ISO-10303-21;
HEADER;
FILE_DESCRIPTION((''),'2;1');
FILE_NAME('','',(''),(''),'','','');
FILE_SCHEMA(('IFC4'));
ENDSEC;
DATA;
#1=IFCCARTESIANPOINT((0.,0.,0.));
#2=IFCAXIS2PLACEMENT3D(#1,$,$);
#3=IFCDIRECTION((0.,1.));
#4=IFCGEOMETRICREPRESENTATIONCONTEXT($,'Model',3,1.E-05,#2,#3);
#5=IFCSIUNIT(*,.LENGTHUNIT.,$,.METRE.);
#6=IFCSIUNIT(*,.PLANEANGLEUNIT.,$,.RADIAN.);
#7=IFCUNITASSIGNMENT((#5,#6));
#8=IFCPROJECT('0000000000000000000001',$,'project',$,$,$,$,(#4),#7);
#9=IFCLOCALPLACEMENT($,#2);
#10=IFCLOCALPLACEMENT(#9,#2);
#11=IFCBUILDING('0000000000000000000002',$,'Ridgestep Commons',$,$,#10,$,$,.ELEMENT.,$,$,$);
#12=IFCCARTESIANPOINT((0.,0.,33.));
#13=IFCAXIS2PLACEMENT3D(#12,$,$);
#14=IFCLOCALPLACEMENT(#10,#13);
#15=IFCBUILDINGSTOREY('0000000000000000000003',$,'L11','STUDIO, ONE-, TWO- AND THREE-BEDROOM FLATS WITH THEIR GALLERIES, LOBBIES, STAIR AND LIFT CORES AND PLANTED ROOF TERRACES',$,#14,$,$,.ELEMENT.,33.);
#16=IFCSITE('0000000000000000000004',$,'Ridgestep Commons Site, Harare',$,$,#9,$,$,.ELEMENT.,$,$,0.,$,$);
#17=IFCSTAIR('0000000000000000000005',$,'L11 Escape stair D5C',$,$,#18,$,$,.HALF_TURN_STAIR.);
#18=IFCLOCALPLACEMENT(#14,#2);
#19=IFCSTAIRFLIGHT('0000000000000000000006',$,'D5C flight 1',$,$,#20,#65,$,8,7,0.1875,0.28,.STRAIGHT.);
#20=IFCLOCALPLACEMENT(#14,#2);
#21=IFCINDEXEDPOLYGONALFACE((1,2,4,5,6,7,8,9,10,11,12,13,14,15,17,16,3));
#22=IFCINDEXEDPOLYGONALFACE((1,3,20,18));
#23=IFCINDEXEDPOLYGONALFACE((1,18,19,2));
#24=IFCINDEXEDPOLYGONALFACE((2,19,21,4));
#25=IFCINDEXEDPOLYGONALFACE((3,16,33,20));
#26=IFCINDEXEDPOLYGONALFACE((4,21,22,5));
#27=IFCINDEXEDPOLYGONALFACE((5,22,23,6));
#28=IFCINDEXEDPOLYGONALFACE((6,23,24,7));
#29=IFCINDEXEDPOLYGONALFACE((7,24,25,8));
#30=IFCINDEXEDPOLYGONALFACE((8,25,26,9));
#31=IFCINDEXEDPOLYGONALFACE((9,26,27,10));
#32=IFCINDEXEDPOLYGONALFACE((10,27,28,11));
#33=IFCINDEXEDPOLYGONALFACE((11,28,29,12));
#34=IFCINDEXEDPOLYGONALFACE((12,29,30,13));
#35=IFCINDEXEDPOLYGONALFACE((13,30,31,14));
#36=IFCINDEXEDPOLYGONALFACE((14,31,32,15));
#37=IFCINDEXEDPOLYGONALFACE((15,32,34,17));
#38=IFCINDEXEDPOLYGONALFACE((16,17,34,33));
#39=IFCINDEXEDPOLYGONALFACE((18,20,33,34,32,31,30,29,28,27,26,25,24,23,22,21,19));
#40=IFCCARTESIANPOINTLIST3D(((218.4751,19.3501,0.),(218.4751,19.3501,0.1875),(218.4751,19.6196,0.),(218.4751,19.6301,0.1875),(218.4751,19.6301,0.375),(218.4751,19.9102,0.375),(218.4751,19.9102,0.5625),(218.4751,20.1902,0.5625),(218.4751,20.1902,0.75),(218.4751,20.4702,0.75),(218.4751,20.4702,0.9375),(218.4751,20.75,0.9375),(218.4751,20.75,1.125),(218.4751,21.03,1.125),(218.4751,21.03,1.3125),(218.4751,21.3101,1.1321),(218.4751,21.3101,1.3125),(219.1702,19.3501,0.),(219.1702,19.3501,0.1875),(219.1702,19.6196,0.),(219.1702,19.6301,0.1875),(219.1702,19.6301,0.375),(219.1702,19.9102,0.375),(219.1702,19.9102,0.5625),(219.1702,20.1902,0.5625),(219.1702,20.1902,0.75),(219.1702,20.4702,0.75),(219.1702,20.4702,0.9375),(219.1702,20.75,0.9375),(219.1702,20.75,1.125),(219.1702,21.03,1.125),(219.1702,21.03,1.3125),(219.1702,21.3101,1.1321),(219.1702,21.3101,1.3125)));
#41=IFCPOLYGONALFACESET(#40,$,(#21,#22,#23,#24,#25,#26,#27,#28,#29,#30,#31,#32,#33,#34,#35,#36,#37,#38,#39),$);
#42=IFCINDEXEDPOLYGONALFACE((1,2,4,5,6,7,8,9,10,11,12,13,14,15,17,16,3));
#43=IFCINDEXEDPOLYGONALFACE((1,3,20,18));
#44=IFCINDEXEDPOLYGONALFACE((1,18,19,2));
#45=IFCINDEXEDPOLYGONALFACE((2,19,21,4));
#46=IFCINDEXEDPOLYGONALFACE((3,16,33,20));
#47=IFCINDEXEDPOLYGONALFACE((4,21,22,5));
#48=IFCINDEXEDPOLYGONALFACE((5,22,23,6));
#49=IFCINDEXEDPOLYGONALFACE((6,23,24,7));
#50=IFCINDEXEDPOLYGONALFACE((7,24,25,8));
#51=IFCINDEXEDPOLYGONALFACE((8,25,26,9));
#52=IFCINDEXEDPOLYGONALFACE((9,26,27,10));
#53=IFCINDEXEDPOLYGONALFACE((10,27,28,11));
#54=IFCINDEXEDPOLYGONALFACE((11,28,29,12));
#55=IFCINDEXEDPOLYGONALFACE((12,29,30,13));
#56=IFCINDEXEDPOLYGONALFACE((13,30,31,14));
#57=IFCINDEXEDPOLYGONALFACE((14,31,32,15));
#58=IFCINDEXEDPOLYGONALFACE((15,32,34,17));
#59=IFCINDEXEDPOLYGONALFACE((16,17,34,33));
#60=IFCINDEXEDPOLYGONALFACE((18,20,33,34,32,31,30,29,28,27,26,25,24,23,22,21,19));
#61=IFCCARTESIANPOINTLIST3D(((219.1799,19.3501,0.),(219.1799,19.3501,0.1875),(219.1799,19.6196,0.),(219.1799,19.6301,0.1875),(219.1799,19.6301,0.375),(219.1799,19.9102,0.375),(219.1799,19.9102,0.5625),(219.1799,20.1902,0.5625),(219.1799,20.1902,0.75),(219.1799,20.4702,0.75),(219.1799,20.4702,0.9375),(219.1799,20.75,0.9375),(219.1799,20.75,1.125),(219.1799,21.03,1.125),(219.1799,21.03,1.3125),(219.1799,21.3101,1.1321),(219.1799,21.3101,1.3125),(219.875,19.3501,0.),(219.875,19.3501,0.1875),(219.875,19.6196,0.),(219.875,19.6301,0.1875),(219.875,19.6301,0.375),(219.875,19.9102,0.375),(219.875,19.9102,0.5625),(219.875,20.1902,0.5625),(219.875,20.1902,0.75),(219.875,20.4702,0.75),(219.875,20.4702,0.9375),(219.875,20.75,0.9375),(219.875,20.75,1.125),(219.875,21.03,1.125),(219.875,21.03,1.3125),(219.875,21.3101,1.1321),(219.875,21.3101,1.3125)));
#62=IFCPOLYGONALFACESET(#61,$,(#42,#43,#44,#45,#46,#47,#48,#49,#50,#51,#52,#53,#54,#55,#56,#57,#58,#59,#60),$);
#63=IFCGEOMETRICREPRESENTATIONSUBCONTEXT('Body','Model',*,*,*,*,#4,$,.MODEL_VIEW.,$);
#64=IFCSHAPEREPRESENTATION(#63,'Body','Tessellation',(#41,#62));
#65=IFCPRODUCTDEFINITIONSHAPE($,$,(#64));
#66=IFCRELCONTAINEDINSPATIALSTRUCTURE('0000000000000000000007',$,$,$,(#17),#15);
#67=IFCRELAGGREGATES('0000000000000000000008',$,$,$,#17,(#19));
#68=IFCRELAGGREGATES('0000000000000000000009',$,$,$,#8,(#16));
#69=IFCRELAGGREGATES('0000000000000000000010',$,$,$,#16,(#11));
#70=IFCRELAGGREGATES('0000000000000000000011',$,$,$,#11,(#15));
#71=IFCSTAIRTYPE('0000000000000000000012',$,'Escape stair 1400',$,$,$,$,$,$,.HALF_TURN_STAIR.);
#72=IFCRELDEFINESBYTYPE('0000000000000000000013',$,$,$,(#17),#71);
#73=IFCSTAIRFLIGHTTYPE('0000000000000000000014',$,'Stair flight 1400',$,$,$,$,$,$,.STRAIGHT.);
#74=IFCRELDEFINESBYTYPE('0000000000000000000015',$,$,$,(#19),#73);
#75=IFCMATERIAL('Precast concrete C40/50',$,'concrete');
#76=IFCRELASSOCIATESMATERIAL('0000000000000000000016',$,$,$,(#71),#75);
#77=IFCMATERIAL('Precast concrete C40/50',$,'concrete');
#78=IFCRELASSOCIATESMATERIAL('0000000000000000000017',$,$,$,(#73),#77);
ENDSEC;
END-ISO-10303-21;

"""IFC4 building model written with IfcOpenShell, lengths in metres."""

from ifc_helpers import new_model, si_unit, direction, frame, origin, place, context, subcontext, project, spatial, polyline, outline, extrude, material, type_object, element, aggregate, save


model = new_model("IFC4")

# Units and contexts
model_context = context("Model", 3, precision=1e-05, world=origin(), true_north=direction((0.0, 1.0)))
body_context = subcontext(model_context, "Body", "Model", "MODEL_VIEW")
ifc_project = project(units=[si_unit("LENGTHUNIT", "METRE"), si_unit("PLANEANGLEUNIT", "RADIAN")], contexts=[model_context])

# Site, building, storey
site_placement = place(None, origin())
site = spatial("IfcSite", under=ifc_project, at=site_placement, Name="Ridgestep Commons Site, Harare", CompositionType="ELEMENT", RefElevation=0.0)
building_placement = place(site_placement, origin())
building = spatial("IfcBuilding", under=site, at=building_placement, Name="Ridgestep Commons", CompositionType="ELEMENT")
storey_placement = place(building_placement, frame((0.0, 0.0, 33.0)))
storey = spatial("IfcBuildingStorey", under=building, at=storey_placement, Name="L11", Description="STUDIO, ONE-, TWO- AND THREE-BEDROOM FLATS WITH THEIR GALLERIES, LOBBIES, STAIR AND LIFT CORES AND PLANTED ROOF TERRACES", CompositionType="ELEMENT", Elevation=33.0)

# Stair, stair flight
ifc_material_1 = material(Name="Precast concrete C40/50", Category="concrete")
stair_type = type_object("IfcStairType", Name="Escape stair 1400", PredefinedType="HALF_TURN_STAIR", material=ifc_material_1)
stair_placement = place(storey_placement, origin())
stair = element("IfcStair", 1, at=stair_placement, inside=storey, type_object=stair_type, Name="L11 Escape stair D5C", PredefinedType="HALF_TURN_STAIR")
ifc_material_2 = material(Name="Precast concrete C40/50", Category="concrete")
stair_flight_type = type_object("IfcStairFlightType", Name="Stair flight 1400", PredefinedType="STRAIGHT", material=ifc_material_2)
stair_flight_placement = place(storey_placement, frame((219.175, 19.3501, 0.0), z_axis=(0.0, 0.0, 1.0), x_axis=(0.0, 1.0, 0.0)))
stair_flight = element("IfcStairFlight", 2, at=stair_flight_placement, type_object=stair_flight_type, Name="D5C flight 1", NumberOfRisers=8, NumberOfTreads=7, PredefinedType="STRAIGHT", RiserHeight=0.1875, TreadLength=0.28, context=body_context, shape_type="SweptSolid", body=[
    extrude(outline(polyline([(0.0, 0.0), (0.0, 0.1875), (0.28, 0.1875), (0.28, 0.375), (0.5601, 0.375), (0.5601, 0.5625), (0.8401, 0.5625), (0.8401, 0.75), (1.1201, 0.75), (1.1201, 0.9375), (1.3999, 0.9375), (1.3999, 1.125), (1.6799, 1.125), (1.6799, 1.3125), (1.96, 1.3125), (1.96, 1.5), (1.96, 1.1321), (0.2695, 0.0), (0.0, 0.0)])), frame((0.0, 0.7, 0.0), z_axis=(0.0, -1.0, 0.0), x_axis=(1.0, 0.0, 0.0)), (0.0, 0.0, 1.0), 0.6951),
    extrude(outline(polyline([(0.0, 0.0), (0.0, 0.1875), (0.28, 0.1875), (0.28, 0.375), (0.5601, 0.375), (0.5601, 0.5625), (0.8401, 0.5625), (0.8401, 0.75), (1.1201, 0.75), (1.1201, 0.9375), (1.3999, 0.9375), (1.3999, 1.125), (1.6799, 1.125), (1.6799, 1.3125), (1.96, 1.3125), (1.96, 1.5), (1.96, 1.1321), (0.2695, 0.0), (0.0, 0.0)])), frame((0.0, -0.0049, 0.0), z_axis=(0.0, -1.0, 0.0), x_axis=(1.0, 0.0, 0.0)), (0.0, 0.0, 1.0), 0.6951),
])
aggregate(stair, [stair_flight])

save(model, "model.ifc")
